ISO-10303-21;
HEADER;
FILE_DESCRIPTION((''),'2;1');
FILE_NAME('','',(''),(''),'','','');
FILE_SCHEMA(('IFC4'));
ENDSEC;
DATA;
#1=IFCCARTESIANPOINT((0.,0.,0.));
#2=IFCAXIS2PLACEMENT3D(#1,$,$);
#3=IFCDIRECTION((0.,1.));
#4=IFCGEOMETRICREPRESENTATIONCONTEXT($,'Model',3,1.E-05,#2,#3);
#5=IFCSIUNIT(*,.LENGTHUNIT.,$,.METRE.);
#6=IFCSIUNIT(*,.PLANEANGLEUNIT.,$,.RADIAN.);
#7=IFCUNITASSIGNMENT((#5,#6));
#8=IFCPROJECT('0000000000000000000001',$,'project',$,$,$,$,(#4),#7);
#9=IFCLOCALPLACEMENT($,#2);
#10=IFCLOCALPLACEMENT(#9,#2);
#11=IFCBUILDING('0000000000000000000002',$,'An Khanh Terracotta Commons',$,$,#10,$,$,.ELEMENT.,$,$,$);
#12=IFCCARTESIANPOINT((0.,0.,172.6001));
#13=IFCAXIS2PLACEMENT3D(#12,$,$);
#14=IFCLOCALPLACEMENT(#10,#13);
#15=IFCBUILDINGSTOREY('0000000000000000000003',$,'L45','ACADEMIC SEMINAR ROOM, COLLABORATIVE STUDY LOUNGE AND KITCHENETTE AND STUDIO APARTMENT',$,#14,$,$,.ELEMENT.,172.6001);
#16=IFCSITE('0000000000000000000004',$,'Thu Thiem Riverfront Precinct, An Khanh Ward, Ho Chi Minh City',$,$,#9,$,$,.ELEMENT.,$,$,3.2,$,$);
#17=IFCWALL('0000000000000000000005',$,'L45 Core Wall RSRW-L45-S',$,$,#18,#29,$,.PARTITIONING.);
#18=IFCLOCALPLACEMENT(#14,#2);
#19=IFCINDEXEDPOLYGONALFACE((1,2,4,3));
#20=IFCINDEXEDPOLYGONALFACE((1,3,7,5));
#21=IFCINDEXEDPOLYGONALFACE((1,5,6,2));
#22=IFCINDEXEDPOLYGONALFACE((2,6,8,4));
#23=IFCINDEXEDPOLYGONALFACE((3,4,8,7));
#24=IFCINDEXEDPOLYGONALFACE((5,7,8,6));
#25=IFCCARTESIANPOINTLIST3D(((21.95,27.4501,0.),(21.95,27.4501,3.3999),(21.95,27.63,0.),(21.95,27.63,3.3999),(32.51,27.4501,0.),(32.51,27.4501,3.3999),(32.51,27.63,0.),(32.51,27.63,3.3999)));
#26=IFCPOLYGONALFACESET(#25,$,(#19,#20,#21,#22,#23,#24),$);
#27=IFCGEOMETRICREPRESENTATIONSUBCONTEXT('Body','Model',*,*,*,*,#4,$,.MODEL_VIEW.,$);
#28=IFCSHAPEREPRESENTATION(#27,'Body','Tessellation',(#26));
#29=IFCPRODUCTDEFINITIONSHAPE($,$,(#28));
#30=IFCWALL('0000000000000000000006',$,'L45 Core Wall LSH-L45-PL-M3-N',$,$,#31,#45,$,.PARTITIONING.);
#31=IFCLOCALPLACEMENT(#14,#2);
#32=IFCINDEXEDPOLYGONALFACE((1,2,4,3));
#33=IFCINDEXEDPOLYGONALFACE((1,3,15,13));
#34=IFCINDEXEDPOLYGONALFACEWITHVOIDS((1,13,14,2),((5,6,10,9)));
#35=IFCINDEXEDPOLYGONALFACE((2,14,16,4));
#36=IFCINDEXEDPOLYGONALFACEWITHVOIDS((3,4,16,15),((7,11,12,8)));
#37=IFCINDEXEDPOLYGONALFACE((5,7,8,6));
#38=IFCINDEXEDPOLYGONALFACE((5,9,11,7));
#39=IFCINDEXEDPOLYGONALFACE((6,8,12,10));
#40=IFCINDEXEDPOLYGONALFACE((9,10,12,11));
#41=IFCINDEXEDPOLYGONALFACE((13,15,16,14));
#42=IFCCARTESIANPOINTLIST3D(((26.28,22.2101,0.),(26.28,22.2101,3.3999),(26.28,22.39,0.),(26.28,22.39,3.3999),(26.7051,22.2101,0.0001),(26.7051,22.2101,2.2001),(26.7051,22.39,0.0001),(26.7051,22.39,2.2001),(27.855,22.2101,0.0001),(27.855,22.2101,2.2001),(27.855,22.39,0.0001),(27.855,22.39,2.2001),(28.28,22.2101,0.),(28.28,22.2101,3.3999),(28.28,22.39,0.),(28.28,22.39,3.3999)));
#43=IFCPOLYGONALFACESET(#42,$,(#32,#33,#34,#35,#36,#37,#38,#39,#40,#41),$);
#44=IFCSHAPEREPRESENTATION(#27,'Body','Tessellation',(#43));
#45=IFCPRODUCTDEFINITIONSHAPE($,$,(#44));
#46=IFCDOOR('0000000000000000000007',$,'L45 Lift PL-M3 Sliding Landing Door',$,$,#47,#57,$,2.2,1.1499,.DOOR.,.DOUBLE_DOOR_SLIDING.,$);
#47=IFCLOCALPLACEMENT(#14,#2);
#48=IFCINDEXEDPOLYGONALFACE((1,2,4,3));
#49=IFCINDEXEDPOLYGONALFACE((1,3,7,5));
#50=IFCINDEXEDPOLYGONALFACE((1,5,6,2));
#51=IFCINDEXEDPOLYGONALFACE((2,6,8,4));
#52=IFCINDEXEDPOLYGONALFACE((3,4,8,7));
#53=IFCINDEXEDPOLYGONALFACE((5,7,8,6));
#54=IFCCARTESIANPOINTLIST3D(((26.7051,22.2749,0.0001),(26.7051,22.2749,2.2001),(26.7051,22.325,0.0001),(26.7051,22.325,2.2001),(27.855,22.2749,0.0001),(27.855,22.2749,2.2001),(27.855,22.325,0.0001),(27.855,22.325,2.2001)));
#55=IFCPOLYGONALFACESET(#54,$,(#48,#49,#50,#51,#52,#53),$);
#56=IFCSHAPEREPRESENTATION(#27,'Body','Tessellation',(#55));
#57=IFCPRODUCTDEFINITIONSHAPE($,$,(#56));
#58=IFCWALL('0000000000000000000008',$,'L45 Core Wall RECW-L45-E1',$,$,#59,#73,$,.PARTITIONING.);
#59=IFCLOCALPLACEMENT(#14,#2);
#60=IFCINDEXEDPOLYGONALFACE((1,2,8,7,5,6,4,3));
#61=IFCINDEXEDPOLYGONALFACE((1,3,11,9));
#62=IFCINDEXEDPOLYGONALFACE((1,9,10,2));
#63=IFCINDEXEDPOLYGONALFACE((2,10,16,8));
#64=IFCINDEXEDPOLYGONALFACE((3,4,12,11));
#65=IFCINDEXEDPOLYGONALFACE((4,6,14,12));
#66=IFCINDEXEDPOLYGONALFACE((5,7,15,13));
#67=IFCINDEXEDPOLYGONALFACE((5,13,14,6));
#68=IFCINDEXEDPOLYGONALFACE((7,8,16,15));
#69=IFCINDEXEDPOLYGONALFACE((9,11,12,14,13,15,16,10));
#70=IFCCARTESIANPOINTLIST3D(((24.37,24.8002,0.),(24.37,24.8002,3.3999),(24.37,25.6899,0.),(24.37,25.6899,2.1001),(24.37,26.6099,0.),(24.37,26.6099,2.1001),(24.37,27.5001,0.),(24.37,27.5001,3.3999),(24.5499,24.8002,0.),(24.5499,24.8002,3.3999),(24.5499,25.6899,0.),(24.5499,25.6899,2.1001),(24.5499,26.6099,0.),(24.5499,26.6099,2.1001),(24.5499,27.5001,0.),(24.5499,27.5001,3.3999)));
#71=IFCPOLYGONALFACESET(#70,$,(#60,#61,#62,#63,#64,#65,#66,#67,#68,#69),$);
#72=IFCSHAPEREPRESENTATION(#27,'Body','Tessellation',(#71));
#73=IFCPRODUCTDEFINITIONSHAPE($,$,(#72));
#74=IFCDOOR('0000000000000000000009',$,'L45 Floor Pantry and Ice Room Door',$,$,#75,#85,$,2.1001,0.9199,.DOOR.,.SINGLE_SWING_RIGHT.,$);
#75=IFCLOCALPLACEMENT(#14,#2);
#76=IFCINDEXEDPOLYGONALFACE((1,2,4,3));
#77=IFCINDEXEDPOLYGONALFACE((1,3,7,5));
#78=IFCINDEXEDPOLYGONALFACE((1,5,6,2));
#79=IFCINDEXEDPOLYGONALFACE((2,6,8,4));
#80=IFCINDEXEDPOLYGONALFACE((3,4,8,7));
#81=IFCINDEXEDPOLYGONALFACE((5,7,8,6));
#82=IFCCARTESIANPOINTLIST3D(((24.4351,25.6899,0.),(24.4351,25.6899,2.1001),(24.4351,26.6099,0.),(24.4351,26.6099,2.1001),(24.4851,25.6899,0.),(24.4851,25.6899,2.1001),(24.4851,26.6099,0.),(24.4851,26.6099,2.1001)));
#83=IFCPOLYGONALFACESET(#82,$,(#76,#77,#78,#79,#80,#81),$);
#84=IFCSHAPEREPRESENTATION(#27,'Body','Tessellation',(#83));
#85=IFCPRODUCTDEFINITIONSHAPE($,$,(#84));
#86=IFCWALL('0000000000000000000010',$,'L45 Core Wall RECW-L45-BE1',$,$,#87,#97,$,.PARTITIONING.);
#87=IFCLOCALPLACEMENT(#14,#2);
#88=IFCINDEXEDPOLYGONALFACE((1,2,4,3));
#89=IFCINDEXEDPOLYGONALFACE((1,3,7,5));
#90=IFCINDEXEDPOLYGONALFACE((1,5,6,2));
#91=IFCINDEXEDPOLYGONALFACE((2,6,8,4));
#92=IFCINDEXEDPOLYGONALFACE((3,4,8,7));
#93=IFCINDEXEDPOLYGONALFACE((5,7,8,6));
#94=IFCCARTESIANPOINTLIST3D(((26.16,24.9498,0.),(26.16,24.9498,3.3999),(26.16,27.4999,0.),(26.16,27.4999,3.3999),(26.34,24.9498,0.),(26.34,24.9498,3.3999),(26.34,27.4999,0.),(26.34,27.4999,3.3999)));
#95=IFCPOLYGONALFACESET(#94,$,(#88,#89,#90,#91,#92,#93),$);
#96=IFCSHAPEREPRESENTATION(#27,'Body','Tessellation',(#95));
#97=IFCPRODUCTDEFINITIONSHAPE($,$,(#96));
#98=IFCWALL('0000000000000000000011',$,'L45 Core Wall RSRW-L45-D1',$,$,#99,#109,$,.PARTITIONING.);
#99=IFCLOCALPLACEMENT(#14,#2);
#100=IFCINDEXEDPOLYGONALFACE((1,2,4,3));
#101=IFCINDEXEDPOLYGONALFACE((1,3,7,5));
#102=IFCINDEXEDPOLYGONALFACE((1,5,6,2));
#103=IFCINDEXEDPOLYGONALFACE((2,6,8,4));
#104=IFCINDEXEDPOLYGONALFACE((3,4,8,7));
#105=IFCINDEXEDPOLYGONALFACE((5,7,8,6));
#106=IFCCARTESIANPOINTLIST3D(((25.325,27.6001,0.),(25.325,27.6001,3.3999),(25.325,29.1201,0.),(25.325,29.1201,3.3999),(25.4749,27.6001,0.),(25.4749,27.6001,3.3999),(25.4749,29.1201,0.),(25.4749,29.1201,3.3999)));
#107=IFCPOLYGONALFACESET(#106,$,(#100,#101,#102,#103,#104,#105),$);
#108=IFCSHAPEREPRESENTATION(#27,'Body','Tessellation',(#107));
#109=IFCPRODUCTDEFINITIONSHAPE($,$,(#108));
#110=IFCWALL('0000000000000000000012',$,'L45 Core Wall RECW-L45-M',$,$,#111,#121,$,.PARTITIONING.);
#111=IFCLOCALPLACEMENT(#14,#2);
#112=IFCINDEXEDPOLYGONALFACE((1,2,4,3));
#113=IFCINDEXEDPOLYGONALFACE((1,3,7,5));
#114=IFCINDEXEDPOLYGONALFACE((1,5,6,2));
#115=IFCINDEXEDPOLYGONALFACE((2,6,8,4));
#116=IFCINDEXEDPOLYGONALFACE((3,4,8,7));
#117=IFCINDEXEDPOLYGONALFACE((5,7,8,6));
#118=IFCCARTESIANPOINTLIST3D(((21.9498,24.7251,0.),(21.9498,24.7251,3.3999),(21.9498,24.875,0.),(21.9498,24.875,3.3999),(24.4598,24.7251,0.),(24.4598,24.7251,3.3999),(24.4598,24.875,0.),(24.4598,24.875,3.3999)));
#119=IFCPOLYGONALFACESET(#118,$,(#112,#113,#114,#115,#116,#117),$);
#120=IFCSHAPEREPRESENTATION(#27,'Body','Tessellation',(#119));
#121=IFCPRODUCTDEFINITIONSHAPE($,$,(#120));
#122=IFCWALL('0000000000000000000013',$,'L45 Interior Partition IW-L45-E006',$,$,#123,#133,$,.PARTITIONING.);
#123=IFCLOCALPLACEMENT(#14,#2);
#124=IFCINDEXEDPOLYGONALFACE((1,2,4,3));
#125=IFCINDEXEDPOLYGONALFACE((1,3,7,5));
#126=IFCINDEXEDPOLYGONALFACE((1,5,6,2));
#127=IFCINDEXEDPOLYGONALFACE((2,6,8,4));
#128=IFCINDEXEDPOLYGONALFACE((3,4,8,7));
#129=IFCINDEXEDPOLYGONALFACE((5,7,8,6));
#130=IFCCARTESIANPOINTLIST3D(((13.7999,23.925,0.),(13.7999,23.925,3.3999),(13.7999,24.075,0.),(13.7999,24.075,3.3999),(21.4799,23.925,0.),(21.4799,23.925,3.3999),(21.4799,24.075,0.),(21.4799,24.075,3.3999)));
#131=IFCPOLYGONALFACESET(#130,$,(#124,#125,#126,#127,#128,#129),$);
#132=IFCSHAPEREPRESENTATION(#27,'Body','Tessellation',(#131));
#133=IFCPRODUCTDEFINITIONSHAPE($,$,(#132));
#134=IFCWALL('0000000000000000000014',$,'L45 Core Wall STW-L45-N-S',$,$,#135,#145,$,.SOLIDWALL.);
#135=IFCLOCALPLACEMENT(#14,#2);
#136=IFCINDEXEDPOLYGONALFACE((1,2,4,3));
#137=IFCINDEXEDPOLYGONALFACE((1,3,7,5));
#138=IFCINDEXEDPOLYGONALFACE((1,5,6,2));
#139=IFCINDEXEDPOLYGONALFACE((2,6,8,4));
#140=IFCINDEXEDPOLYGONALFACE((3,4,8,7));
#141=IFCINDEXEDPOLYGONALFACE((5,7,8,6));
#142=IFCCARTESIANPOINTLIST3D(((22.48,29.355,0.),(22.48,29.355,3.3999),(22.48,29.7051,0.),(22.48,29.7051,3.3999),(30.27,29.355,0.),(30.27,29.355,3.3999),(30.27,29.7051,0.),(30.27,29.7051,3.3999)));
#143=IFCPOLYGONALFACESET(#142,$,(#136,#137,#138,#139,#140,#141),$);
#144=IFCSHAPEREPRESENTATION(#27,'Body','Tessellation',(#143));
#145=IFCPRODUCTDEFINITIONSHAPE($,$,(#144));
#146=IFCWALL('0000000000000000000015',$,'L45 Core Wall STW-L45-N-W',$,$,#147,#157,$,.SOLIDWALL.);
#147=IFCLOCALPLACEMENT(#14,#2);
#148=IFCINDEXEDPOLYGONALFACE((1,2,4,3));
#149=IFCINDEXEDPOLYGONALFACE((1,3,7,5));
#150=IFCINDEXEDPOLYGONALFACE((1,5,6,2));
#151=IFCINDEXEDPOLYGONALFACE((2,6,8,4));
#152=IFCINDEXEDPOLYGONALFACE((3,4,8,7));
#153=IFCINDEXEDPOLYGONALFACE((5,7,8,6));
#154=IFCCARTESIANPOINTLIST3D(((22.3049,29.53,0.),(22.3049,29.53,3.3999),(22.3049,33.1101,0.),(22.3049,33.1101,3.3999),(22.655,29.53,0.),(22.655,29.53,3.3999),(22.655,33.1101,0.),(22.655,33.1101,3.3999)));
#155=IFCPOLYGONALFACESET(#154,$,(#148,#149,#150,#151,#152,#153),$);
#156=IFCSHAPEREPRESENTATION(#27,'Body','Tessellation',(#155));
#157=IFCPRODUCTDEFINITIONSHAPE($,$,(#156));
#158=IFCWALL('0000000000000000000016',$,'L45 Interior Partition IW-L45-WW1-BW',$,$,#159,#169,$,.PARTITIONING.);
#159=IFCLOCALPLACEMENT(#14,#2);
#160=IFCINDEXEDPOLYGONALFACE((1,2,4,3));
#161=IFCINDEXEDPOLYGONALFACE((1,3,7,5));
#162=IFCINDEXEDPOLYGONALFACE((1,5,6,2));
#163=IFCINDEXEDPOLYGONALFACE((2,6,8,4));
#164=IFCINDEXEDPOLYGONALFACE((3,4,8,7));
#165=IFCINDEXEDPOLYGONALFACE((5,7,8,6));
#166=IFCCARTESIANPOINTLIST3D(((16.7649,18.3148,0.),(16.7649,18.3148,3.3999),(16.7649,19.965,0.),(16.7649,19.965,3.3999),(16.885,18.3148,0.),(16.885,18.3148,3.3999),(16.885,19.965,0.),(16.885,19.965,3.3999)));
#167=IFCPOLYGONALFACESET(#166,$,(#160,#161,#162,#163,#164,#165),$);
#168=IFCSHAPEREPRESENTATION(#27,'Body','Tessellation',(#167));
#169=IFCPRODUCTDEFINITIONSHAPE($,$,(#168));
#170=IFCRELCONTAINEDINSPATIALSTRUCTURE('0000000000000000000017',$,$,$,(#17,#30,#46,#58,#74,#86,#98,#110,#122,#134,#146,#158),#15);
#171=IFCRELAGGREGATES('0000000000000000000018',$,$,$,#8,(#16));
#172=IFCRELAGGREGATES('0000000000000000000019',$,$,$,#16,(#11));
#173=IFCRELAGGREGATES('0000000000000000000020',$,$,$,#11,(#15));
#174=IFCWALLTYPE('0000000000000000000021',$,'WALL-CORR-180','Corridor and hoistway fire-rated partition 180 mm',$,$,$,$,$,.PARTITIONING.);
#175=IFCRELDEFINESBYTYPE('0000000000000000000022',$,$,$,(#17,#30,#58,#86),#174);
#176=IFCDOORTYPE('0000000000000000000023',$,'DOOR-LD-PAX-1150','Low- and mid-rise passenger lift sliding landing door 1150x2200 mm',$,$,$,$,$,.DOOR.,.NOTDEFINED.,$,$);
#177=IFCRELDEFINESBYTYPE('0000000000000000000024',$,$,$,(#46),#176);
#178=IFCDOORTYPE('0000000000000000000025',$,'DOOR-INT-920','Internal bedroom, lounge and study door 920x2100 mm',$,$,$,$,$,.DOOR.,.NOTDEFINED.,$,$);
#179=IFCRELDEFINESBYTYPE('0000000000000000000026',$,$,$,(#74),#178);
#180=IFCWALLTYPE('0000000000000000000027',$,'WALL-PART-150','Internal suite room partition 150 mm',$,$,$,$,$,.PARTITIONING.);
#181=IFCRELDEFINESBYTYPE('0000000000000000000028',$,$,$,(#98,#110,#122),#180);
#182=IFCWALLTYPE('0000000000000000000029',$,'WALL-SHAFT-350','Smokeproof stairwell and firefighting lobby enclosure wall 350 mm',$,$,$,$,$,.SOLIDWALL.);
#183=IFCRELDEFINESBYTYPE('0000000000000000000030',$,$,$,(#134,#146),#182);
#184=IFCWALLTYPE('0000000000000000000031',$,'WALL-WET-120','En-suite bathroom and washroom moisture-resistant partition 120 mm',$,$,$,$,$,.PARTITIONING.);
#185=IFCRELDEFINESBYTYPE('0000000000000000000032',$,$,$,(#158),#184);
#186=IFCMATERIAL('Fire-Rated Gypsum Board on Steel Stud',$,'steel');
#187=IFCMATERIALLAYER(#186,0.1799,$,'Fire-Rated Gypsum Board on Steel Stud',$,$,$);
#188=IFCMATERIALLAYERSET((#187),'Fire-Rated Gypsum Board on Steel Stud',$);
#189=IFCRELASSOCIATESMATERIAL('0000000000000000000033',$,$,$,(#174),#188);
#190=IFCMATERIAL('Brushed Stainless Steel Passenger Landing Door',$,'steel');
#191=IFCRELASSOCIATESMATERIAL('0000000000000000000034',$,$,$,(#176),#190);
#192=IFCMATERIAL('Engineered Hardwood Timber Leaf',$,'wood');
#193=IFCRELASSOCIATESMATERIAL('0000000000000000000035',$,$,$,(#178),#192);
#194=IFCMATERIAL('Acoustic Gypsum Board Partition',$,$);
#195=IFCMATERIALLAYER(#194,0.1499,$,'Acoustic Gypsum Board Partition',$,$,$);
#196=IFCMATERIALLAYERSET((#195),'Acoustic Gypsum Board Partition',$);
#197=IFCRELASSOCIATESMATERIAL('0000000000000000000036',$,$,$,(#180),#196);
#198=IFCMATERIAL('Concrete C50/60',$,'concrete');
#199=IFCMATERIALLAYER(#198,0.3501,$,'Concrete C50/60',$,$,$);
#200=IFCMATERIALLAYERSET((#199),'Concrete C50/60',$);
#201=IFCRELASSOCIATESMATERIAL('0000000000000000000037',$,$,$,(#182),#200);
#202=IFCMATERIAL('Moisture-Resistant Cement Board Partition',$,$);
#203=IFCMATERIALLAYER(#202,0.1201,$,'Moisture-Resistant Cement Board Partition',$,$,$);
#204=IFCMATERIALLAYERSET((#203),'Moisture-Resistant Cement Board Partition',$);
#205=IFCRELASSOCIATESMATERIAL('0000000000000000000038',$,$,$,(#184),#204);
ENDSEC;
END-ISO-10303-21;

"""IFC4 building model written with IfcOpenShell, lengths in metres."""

from ifc_helpers import new_model, si_unit, direction, frame, frame_2d, origin, place, context, subcontext, project, spatial, rectangle, extrude, material, layer, layer_set, type_object, element, fill, save


model = new_model("IFC4")

# Units and contexts
model_context = context("Model", 3, precision=1e-05, world=origin(), true_north=direction((0.0, 1.0)))
body_context = subcontext(model_context, "Body", "Model", "MODEL_VIEW")
ifc_project = project(units=[si_unit("LENGTHUNIT", "METRE"), si_unit("PLANEANGLEUNIT", "RADIAN")], contexts=[model_context])

# Site, building, storey
site_placement = place(None, origin())
site = spatial("IfcSite", under=ifc_project, at=site_placement, Name="Thu Thiem Riverfront Precinct, An Khanh Ward, Ho Chi Minh City", CompositionType="ELEMENT", RefElevation=3.2)
building_placement = place(site_placement, origin())
building = spatial("IfcBuilding", under=site, at=building_placement, Name="An Khanh Terracotta Commons", CompositionType="ELEMENT")
storey_placement = place(building_placement, frame((0.0, 0.0, 172.6001)))
storey = spatial("IfcBuildingStorey", under=building, at=storey_placement, Name="L45", Description="ACADEMIC SEMINAR ROOM, COLLABORATIVE STUDY LOUNGE AND KITCHENETTE AND STUDIO APARTMENT", CompositionType="ELEMENT", Elevation=172.6001)

# Wall
ifc_material_1 = material(Name="Fire-Rated Gypsum Board on Steel Stud", Category="steel")
ifc_layer_1 = layer(ifc_material_1, 0.1799, Name="Fire-Rated Gypsum Board on Steel Stud")
ifc_layer_set_1 = layer_set([ifc_layer_1], Name="Fire-Rated Gypsum Board on Steel Stud")
wall_type_1 = type_object("IfcWallType", Name="WALL-CORR-180", Description="Corridor and hoistway fire-rated partition 180 mm", PredefinedType="PARTITIONING", material=ifc_layer_set_1)
wall_1_placement = place(storey_placement, frame((21.95, 27.54, 0.0), z_axis=(0.0, 0.0, 1.0), x_axis=(1.0, 0.0, 0.0)))
element("IfcWall", 1, at=wall_1_placement, inside=storey, type_object=wall_type_1, Name="L45 Core Wall RSRW-L45-S", PredefinedType="PARTITIONING", context=body_context, shape_type="SweptSolid", body=[
    extrude(rectangle(XDim=10.5601, YDim=0.1799, at=frame_2d((5.28, 0.0))), origin(), (0.0, 0.0, 1.0), 3.3999),
])

# Walls, openings, doors
wall_2_placement = place(storey_placement, frame((26.28, 22.3, 0.0), z_axis=(0.0, 0.0, 1.0), x_axis=(1.0, 0.0, 0.0)))
wall_2 = element("IfcWall", 2, at=wall_2_placement, inside=storey, type_object=wall_type_1, Name="L45 Core Wall LSH-L45-PL-M3-N", PredefinedType="PARTITIONING", context=body_context, shape_type="SweptSolid", body=[
    extrude(rectangle(XDim=2.0, YDim=0.1799, at=frame_2d((1.0, 0.0))), origin(), (0.0, 0.0, 1.0), 3.3999),
])
opening_1_placement = place(wall_2_placement, frame((0.425, 0.0, 0.0)))
opening_1 = element("IfcOpeningElement", 3, at=opening_1_placement, cuts=wall_2, PredefinedType="OPENING", context=body_context, shape_type="SweptSolid", body=[
    extrude(rectangle(XDim=1.1499, YDim=2.2, at=frame_2d((0.575, 1.1001))), frame((0.0, 0.0999, 0.0), z_axis=(0.0, -1.0, 0.0), x_axis=(1.0, 0.0, 0.0)), (0.0, 0.0, 1.0), 0.2),
])
ifc_material_2 = material(Name="Brushed Stainless Steel Passenger Landing Door", Category="steel")
door_type_1 = type_object("IfcDoorType", Name="DOOR-LD-PAX-1150", Description="Low- and mid-rise passenger lift sliding landing door 1150x2200 mm", OperationType="NOTDEFINED", PredefinedType="DOOR", material=ifc_material_2)
door_1_placement = place(opening_1_placement, origin())
door_1 = element("IfcDoor", 4, at=door_1_placement, inside=storey, type_object=door_type_1, Name="L45 Lift PL-M3 Sliding Landing Door", OperationType="DOUBLE_DOOR_SLIDING", OverallHeight=2.2, OverallWidth=1.1499, PredefinedType="DOOR", context=body_context, shape_type="SweptSolid", body=[
    extrude(rectangle(XDim=1.1499, YDim=2.2, at=frame_2d((0.575, 1.1001))), frame((0.0, 0.0249, 0.0), z_axis=(0.0, -1.0, 0.0), x_axis=(1.0, 0.0, 0.0)), (0.0, 0.0, 1.0), 0.05),
])
fill(opening_1, door_1)
wall_3_placement = place(storey_placement, frame((24.46, 24.8, 0.0), z_axis=(0.0, 0.0, 1.0), x_axis=(0.0, 1.0, 0.0)))
wall_3 = element("IfcWall", 5, at=wall_3_placement, inside=storey, type_object=wall_type_1, Name="L45 Core Wall RECW-L45-E1", PredefinedType="PARTITIONING", context=body_context, shape_type="SweptSolid", body=[
    extrude(rectangle(XDim=2.7, YDim=0.1799, at=frame_2d((1.3501, 0.0))), origin(), (0.0, 0.0, 1.0), 3.3999),
])
opening_2_placement = place(wall_3_placement, frame((0.8899, 0.0, 0.0)))
opening_2 = element("IfcOpeningElement", 6, at=opening_2_placement, cuts=wall_3, PredefinedType="OPENING", context=body_context, shape_type="SweptSolid", body=[
    extrude(rectangle(XDim=0.9199, YDim=2.1001, at=frame_2d((0.46, 1.05))), frame((0.0, 0.0999, 0.0), z_axis=(0.0, -1.0, 0.0), x_axis=(1.0, 0.0, 0.0)), (0.0, 0.0, 1.0), 0.2),
])
ifc_material_3 = material(Name="Engineered Hardwood Timber Leaf", Category="wood")
door_type_2 = type_object("IfcDoorType", Name="DOOR-INT-920", Description="Internal bedroom, lounge and study door 920x2100 mm", OperationType="NOTDEFINED", PredefinedType="DOOR", material=ifc_material_3)
door_2_placement = place(opening_2_placement, origin())
door_2 = element("IfcDoor", 7, at=door_2_placement, inside=storey, type_object=door_type_2, Name="L45 Floor Pantry and Ice Room Door", OperationType="SINGLE_SWING_RIGHT", OverallHeight=2.1001, OverallWidth=0.9199, PredefinedType="DOOR", context=body_context, shape_type="SweptSolid", body=[
    extrude(rectangle(XDim=0.9199, YDim=2.1001, at=frame_2d((0.46, 1.05))), frame((0.0, 0.0249, 0.0), z_axis=(0.0, -1.0, 0.0), x_axis=(1.0, 0.0, 0.0)), (0.0, 0.0, 1.0), 0.05),
])
fill(opening_2, door_2)

# Walls
wall_4_placement = place(storey_placement, frame((26.25, 24.95, 0.0), z_axis=(0.0, 0.0, 1.0), x_axis=(0.0, 1.0, 0.0)))
element("IfcWall", 8, at=wall_4_placement, inside=storey, type_object=wall_type_1, Name="L45 Core Wall RECW-L45-BE1", PredefinedType="PARTITIONING", context=body_context, shape_type="SweptSolid", body=[
    extrude(rectangle(XDim=2.55, YDim=0.1799, at=frame_2d((1.2749, 0.0))), origin(), (0.0, 0.0, 1.0), 3.3999),
])
ifc_material_4 = material(Name="Acoustic Gypsum Board Partition")
ifc_layer_2 = layer(ifc_material_4, 0.1499, Name="Acoustic Gypsum Board Partition")
ifc_layer_set_2 = layer_set([ifc_layer_2], Name="Acoustic Gypsum Board Partition")
wall_type_2 = type_object("IfcWallType", Name="WALL-PART-150", Description="Internal suite room partition 150 mm", PredefinedType="PARTITIONING", material=ifc_layer_set_2)
wall_5_placement = place(storey_placement, frame((25.3999, 27.6001, 0.0), z_axis=(0.0, 0.0, 1.0), x_axis=(0.0, 1.0, 0.0)))
element("IfcWall", 9, at=wall_5_placement, inside=storey, type_object=wall_type_2, Name="L45 Core Wall RSRW-L45-D1", PredefinedType="PARTITIONING", context=body_context, shape_type="SweptSolid", body=[
    extrude(rectangle(XDim=1.52, YDim=0.1499, at=frame_2d((0.76, 0.0))), origin(), (0.0, 0.0, 1.0), 3.3999),
])
wall_6_placement = place(storey_placement, frame((21.95, 24.8, 0.0), z_axis=(0.0, 0.0, 1.0), x_axis=(1.0, 0.0, 0.0)))
element("IfcWall", 10, at=wall_6_placement, inside=storey, type_object=wall_type_2, Name="L45 Core Wall RECW-L45-M", PredefinedType="PARTITIONING", context=body_context, shape_type="SweptSolid", body=[
    extrude(rectangle(XDim=2.51, YDim=0.1499, at=frame_2d((1.2549, 0.0))), origin(), (0.0, 0.0, 1.0), 3.3999),
])
wall_7_placement = place(storey_placement, frame((13.8, 24.0, 0.0), z_axis=(0.0, 0.0, 1.0), x_axis=(1.0, 0.0, 0.0)))
element("IfcWall", 11, at=wall_7_placement, inside=storey, type_object=wall_type_2, Name="L45 Interior Partition IW-L45-E006", PredefinedType="PARTITIONING", context=body_context, shape_type="SweptSolid", body=[
    extrude(rectangle(XDim=7.6799, YDim=0.1499, at=frame_2d((3.8398, 0.0))), origin(), (0.0, 0.0, 1.0), 3.3999),
])
ifc_material_5 = material(Name="Concrete C50/60", Category="concrete")
ifc_layer_3 = layer(ifc_material_5, 0.3501, Name="Concrete C50/60")
ifc_layer_set_3 = layer_set([ifc_layer_3], Name="Concrete C50/60")
wall_type_3 = type_object("IfcWallType", Name="WALL-SHAFT-350", Description="Smokeproof stairwell and firefighting lobby enclosure wall 350 mm", PredefinedType="SOLIDWALL", material=ifc_layer_set_3)
wall_8_placement = place(storey_placement, frame((22.48, 29.53, 0.0), z_axis=(0.0, 0.0, 1.0), x_axis=(1.0, 0.0, 0.0)))
element("IfcWall", 12, at=wall_8_placement, inside=storey, type_object=wall_type_3, Name="L45 Core Wall STW-L45-N-S", PredefinedType="SOLIDWALL", context=body_context, shape_type="SweptSolid", body=[
    extrude(rectangle(XDim=7.79, YDim=0.3501, at=frame_2d((3.895, 0.0))), origin(), (0.0, 0.0, 1.0), 3.3999),
])
wall_9_placement = place(storey_placement, frame((22.48, 29.53, 0.0), z_axis=(0.0, 0.0, 1.0), x_axis=(0.0, 1.0, 0.0)))
element("IfcWall", 13, at=wall_9_placement, inside=storey, type_object=wall_type_3, Name="L45 Core Wall STW-L45-N-W", PredefinedType="SOLIDWALL", context=body_context, shape_type="SweptSolid", body=[
    extrude(rectangle(XDim=3.5801, YDim=0.3501, at=frame_2d((1.79, 0.0))), origin(), (0.0, 0.0, 1.0), 3.3999),
])
ifc_material_6 = material(Name="Moisture-Resistant Cement Board Partition")
ifc_layer_4 = layer(ifc_material_6, 0.1201, Name="Moisture-Resistant Cement Board Partition")
ifc_layer_set_4 = layer_set([ifc_layer_4], Name="Moisture-Resistant Cement Board Partition")
wall_type_4 = type_object("IfcWallType", Name="WALL-WET-120", Description="En-suite bathroom and washroom moisture-resistant partition 120 mm", PredefinedType="PARTITIONING", material=ifc_layer_set_4)
wall_10_placement = place(storey_placement, frame((16.825, 19.9651, 0.0), z_axis=(0.0, 0.0, 1.0), x_axis=(0.0, -1.0, 0.0)))
element("IfcWall", 14, at=wall_10_placement, inside=storey, type_object=wall_type_4, Name="L45 Interior Partition IW-L45-WW1-BW", PredefinedType="PARTITIONING", context=body_context, shape_type="SweptSolid", body=[
    extrude(rectangle(XDim=1.6501, YDim=0.1201, at=frame_2d((0.8252, 0.0))), origin(), (0.0, 0.0, 1.0), 3.3999),
])

save(model, "model.ifc")
